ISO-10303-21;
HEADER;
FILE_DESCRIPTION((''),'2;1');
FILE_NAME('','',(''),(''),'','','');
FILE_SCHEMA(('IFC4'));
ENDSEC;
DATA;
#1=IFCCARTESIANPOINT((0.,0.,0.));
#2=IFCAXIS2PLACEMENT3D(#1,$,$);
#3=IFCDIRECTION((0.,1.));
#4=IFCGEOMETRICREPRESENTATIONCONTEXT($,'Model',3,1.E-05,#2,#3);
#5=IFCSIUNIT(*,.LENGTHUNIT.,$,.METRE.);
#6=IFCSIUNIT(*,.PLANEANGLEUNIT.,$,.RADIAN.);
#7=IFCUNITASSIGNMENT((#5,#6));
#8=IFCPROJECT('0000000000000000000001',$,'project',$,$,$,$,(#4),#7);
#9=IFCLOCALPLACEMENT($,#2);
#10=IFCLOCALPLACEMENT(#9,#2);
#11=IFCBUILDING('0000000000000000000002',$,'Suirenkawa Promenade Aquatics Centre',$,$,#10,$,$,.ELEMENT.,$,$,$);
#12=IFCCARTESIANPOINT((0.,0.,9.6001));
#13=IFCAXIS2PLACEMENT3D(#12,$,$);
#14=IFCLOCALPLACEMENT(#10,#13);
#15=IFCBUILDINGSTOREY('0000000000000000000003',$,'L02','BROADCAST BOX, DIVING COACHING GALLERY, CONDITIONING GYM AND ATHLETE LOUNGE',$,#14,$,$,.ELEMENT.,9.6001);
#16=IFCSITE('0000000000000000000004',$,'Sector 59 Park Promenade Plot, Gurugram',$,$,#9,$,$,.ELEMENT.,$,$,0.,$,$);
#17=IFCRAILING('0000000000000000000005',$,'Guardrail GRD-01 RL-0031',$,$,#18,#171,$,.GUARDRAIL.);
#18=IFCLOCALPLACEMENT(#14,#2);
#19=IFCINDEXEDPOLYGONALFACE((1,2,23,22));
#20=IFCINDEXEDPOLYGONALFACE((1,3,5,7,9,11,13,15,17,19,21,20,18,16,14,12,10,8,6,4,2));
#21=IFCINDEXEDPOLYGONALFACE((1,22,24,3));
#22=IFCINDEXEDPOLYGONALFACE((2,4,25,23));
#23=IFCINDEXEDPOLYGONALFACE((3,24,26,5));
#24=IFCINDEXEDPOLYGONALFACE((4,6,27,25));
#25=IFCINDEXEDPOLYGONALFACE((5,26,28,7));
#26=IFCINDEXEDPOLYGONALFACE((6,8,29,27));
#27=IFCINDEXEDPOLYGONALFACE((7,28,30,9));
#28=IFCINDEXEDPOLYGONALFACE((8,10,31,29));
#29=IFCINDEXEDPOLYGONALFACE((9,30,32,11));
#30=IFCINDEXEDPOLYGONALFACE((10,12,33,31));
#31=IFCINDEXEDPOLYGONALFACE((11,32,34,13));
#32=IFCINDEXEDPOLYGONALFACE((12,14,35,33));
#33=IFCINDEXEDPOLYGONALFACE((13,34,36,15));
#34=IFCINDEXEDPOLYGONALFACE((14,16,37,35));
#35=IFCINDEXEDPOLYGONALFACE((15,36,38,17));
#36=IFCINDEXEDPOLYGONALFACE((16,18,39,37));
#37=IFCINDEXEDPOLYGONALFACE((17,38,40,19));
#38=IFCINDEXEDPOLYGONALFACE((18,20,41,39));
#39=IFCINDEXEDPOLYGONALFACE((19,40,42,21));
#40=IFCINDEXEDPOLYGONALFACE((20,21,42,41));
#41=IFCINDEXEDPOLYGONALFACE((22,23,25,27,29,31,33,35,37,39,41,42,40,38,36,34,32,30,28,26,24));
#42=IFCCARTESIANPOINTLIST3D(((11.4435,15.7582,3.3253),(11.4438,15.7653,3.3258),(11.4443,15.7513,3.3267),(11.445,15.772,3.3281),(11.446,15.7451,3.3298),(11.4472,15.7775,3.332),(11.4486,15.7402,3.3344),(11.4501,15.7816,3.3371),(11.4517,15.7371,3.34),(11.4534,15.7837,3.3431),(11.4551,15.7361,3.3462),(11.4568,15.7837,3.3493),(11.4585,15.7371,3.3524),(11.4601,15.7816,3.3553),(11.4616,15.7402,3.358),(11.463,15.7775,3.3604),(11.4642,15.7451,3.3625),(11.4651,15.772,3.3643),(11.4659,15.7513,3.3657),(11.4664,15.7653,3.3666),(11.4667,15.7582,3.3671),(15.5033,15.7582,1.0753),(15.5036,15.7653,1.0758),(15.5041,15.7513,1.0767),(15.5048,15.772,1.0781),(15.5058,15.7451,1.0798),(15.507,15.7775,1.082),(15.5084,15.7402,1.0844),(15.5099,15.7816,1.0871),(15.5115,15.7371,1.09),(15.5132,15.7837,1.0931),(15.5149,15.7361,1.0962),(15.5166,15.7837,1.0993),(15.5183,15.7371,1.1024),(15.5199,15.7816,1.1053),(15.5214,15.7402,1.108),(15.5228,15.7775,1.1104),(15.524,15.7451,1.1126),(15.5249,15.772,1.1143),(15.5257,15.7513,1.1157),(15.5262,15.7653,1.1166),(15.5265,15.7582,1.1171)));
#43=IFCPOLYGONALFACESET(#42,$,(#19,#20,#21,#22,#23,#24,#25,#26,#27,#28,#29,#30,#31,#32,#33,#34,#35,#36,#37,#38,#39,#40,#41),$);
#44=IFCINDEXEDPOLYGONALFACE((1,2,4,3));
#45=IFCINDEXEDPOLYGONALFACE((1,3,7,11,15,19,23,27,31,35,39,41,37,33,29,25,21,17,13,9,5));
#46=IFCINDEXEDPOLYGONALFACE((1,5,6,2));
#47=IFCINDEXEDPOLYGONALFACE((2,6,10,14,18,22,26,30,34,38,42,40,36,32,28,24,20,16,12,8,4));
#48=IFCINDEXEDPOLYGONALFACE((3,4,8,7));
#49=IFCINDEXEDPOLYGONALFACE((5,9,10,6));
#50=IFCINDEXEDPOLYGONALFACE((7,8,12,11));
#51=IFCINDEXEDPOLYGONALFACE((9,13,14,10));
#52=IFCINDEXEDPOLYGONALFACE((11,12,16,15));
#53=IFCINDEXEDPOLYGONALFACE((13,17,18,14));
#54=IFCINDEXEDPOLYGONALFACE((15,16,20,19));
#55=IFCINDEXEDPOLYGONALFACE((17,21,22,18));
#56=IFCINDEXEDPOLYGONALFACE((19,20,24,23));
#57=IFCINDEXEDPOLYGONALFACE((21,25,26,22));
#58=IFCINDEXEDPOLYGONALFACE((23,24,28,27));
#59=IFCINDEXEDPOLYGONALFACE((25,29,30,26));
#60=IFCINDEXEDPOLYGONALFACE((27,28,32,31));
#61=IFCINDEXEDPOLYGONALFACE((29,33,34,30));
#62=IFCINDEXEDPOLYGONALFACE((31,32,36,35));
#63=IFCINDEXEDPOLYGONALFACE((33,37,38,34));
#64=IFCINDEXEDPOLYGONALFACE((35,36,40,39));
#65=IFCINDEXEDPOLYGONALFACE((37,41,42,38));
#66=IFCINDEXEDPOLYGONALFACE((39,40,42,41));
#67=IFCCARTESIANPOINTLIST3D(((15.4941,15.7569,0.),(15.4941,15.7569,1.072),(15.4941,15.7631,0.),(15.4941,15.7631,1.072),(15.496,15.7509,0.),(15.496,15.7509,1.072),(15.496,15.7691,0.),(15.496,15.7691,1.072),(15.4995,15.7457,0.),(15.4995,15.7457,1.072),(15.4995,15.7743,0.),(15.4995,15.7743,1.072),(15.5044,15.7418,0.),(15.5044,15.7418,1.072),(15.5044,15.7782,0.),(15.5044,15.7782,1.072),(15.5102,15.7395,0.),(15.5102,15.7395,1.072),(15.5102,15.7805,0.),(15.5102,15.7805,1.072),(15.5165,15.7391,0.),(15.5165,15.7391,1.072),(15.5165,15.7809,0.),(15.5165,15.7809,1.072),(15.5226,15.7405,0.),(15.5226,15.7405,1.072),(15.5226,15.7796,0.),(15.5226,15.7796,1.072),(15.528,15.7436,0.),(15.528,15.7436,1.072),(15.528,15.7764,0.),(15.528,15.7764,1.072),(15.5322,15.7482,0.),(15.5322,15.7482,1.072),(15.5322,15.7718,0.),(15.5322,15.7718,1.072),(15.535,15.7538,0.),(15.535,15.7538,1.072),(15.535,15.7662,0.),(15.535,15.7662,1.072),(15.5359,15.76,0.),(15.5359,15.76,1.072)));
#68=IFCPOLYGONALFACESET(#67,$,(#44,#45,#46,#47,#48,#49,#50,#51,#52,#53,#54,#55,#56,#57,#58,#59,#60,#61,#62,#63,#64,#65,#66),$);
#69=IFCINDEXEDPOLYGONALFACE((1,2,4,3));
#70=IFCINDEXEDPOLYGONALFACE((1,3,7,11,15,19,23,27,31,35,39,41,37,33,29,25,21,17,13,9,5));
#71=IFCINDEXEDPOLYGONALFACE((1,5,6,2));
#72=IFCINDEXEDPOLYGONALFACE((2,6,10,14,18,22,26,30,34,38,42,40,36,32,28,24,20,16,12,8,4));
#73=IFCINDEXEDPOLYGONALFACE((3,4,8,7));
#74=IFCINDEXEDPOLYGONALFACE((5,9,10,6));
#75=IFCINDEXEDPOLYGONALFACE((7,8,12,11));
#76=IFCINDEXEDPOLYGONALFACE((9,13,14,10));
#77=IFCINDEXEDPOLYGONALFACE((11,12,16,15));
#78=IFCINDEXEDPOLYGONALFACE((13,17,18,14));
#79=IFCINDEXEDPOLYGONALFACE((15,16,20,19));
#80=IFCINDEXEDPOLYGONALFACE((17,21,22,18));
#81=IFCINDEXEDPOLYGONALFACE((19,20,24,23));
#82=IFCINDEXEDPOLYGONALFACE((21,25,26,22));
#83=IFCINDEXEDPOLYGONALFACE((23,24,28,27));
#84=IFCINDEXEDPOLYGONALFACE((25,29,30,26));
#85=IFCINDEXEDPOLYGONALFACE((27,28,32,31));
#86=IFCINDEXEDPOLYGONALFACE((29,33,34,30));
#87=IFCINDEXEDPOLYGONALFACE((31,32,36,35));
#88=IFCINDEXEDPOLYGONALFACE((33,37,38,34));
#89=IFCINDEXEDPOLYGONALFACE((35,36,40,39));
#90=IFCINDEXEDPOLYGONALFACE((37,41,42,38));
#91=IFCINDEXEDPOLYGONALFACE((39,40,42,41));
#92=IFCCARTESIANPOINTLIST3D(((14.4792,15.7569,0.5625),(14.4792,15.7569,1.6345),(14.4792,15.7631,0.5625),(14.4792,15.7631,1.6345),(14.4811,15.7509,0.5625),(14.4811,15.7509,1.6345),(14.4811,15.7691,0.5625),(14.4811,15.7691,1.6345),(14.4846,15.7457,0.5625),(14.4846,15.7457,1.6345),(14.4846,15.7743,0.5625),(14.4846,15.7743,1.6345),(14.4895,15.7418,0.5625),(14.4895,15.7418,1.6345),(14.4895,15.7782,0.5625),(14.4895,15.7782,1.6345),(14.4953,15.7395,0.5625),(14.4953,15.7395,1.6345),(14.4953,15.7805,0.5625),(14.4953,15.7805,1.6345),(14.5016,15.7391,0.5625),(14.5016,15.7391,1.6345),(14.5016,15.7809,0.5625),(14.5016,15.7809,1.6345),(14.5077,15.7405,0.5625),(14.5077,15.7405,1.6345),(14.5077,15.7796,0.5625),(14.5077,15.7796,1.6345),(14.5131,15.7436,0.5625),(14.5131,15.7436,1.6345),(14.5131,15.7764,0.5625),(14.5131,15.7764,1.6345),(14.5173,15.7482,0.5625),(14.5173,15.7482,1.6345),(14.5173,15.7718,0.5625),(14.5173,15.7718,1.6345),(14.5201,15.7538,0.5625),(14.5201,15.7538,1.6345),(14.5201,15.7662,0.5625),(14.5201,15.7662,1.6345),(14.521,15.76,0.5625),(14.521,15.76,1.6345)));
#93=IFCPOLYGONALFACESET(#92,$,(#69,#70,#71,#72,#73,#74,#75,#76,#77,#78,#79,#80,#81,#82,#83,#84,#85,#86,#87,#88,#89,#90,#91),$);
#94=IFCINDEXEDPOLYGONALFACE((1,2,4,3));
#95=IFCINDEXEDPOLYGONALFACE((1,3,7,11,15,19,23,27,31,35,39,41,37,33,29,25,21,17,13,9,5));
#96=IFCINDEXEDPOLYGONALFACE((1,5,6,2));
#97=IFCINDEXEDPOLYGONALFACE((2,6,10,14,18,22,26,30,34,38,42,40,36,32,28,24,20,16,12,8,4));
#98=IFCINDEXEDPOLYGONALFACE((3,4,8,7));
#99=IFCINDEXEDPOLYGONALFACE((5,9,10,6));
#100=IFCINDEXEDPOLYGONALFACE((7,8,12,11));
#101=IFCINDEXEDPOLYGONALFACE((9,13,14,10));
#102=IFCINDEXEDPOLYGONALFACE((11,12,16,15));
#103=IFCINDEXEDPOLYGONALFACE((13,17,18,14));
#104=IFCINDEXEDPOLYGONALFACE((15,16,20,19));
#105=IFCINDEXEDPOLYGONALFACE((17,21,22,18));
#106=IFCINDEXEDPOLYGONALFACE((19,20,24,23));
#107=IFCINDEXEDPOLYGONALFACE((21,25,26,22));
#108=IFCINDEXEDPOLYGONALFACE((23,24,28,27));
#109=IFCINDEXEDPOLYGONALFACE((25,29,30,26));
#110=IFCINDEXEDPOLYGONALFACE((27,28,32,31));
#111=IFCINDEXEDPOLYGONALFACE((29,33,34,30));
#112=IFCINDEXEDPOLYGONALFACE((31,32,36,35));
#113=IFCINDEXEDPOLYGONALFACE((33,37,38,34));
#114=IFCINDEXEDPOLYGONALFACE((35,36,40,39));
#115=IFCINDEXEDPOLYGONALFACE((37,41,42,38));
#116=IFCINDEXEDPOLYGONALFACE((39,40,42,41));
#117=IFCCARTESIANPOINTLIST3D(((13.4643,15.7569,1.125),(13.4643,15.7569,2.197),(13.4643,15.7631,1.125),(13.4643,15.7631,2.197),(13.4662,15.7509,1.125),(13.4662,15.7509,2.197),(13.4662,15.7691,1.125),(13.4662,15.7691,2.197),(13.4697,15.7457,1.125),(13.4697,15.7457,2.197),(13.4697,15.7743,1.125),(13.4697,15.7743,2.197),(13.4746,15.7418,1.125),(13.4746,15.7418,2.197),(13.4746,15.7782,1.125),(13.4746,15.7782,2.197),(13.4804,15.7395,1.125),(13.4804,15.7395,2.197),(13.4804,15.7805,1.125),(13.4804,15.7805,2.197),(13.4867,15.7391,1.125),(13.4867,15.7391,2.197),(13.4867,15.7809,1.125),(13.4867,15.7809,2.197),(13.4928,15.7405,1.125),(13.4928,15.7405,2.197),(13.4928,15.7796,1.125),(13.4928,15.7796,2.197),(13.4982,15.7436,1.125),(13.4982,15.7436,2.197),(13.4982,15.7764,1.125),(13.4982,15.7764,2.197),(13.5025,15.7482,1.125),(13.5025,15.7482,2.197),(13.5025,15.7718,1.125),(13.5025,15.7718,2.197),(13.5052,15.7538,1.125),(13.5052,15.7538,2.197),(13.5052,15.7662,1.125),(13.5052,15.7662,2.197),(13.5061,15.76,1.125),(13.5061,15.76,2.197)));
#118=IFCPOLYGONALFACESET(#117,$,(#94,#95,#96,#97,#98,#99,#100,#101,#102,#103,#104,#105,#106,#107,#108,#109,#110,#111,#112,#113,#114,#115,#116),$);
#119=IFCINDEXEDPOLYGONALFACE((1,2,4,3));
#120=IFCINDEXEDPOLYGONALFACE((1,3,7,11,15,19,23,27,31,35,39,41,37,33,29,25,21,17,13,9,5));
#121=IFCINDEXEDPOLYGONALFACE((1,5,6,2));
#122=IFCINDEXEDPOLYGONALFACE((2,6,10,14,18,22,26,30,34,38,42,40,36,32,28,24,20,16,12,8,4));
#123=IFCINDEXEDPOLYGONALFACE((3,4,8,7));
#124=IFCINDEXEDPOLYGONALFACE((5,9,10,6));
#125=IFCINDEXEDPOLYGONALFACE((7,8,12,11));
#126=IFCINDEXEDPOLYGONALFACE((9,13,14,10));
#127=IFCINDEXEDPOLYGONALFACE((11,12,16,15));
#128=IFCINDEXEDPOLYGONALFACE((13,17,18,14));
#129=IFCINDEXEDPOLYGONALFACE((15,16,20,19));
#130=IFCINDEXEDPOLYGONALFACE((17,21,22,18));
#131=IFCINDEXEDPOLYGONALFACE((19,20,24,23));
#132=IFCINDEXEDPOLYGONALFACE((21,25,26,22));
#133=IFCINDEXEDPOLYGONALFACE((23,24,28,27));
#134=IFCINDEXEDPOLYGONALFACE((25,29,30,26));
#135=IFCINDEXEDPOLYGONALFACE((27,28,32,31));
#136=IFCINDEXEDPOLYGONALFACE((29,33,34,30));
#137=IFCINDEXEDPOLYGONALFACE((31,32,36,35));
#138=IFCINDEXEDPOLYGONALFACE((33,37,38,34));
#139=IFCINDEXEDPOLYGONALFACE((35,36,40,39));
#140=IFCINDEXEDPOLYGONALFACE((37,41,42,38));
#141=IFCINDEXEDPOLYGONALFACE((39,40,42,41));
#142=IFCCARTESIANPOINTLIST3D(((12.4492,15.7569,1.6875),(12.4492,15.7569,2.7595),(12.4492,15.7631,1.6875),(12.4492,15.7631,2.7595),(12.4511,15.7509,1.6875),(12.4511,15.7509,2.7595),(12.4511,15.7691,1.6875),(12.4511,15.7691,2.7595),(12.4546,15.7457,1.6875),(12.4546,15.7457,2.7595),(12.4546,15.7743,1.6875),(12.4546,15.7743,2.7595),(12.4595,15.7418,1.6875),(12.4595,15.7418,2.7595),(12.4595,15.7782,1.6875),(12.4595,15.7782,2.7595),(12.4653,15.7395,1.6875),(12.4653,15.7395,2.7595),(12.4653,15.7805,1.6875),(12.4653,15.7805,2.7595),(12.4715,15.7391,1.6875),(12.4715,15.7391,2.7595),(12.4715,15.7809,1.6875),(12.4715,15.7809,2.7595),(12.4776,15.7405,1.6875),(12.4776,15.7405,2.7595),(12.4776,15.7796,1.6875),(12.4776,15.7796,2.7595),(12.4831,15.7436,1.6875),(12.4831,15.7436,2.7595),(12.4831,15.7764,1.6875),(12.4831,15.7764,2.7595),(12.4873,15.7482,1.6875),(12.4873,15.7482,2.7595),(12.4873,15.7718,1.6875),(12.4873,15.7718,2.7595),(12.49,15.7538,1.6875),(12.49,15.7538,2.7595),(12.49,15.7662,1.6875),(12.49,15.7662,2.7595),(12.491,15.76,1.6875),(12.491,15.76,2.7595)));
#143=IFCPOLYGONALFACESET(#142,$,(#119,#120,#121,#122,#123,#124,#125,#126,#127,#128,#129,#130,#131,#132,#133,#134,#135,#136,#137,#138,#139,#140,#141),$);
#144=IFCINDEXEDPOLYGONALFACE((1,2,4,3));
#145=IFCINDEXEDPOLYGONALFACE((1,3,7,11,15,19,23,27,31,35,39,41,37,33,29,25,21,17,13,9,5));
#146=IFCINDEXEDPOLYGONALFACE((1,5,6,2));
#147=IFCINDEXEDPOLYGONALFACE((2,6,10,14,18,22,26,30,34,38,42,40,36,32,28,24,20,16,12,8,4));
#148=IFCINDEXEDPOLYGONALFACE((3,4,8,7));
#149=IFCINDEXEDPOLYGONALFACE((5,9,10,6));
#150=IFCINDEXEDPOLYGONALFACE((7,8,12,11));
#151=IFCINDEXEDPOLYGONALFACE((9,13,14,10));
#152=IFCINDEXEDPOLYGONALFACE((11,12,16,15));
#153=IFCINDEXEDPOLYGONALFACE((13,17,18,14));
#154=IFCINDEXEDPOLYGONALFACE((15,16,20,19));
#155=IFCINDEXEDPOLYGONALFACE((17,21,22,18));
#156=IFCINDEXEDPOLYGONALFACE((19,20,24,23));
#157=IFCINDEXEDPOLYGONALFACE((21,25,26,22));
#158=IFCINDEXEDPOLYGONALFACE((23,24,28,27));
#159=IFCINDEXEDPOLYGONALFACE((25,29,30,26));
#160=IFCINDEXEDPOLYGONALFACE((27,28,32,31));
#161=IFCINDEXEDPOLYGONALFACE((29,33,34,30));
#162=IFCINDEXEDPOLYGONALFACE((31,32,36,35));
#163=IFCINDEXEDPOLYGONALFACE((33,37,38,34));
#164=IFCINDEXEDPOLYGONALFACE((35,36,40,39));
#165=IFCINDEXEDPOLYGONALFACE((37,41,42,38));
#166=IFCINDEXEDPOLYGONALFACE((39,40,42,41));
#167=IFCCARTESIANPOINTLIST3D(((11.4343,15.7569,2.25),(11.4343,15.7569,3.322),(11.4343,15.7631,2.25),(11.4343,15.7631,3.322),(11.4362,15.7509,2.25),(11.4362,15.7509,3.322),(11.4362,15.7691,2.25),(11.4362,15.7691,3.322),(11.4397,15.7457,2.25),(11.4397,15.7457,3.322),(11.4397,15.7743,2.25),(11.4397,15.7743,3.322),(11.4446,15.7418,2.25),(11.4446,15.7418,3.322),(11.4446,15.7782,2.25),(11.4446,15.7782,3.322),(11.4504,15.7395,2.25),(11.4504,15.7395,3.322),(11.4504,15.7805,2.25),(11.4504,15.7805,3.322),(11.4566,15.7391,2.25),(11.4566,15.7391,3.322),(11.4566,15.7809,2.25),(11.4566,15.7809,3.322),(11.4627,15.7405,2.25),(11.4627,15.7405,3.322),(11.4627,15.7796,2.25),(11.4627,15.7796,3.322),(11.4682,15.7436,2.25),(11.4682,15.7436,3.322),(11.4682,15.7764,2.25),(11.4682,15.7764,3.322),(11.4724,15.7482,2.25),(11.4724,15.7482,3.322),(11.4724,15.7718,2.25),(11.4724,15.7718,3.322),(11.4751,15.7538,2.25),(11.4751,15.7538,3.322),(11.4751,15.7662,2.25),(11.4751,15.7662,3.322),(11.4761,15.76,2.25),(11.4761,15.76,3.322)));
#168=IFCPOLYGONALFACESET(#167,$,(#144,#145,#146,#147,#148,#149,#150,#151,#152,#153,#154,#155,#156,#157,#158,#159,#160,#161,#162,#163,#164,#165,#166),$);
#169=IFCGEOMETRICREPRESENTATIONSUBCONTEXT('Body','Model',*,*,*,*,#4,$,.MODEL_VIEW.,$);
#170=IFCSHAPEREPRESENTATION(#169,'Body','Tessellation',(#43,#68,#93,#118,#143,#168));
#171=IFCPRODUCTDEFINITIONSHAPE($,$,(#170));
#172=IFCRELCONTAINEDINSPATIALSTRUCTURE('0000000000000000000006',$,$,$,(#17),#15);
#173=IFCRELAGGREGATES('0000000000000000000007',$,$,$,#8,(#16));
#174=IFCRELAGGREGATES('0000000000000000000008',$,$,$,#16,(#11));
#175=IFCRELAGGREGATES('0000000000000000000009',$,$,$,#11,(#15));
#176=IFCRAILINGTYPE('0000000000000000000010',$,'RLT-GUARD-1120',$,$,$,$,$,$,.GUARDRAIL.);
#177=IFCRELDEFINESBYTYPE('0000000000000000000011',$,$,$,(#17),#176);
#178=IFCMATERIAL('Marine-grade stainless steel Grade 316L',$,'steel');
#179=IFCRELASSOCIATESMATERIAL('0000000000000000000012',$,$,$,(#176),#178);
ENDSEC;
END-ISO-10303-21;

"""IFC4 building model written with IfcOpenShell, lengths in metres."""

from ifc_helpers import new_model, si_unit, direction, frame, origin, origin_2d, place, context, subcontext, project, spatial, circle, extrude, material, type_object, element, save


model = new_model("IFC4")

# Units and contexts
model_context = context("Model", 3, precision=1e-05, world=origin(), true_north=direction((0.0, 1.0)))
body_context = subcontext(model_context, "Body", "Model", "MODEL_VIEW")
ifc_project = project(units=[si_unit("LENGTHUNIT", "METRE"), si_unit("PLANEANGLEUNIT", "RADIAN")], contexts=[model_context])

# Site, building, storey
site_placement = place(None, origin())
site = spatial("IfcSite", under=ifc_project, at=site_placement, Name="Sector 59 Park Promenade Plot, Gurugram", CompositionType="ELEMENT", RefElevation=0.0)
building_placement = place(site_placement, origin())
building = spatial("IfcBuilding", under=site, at=building_placement, Name="Suirenkawa Promenade Aquatics Centre", CompositionType="ELEMENT")
storey_placement = place(building_placement, frame((0.0, 0.0, 9.6001)))
storey = spatial("IfcBuildingStorey", under=building, at=storey_placement, Name="L02", Description="BROADCAST BOX, DIVING COACHING GALLERY, CONDITIONING GYM AND ATHLETE LOUNGE", CompositionType="ELEMENT", Elevation=9.6001)

# Shared definitions
ifc_material_1 = material(Name="Marine-grade stainless steel Grade 316L", Category="steel")

# Railing
railing_type_1 = type_object("IfcRailingType", Name="RLT-GUARD-1120", PredefinedType="GUARDRAIL", material=ifc_material_1)
railing_1_placement = place(storey_placement, frame((15.5149, 15.76, 0.0)))
element("IfcRailing", 1, at=railing_1_placement, inside=storey, type_object=railing_type_1, Name="Guardrail GRD-01 RL-0031", PredefinedType="GUARDRAIL", context=body_context, shape_type="SweptSolid", body=[
    extrude(circle(Radius=0.0239, at=origin_2d()), frame((0.0, 0.0, 1.0962), z_axis=(-0.874656, 0.0, 0.484745), x_axis=(0.0, -1.0, 0.0)), (0.0, 0.0, 1.0), 4.6416),
    extrude(circle(Radius=0.021, at=origin_2d()), origin(), (0.0, 0.0, 1.0), 1.072),
    extrude(circle(Radius=0.021, at=origin_2d()), frame((-1.0149, 0.0, 0.5625)), (0.0, 0.0, 1.0), 1.072),
    extrude(circle(Radius=0.021, at=origin_2d()), frame((-2.0298, 0.0, 1.125)), (0.0, 0.0, 1.0), 1.072),
    extrude(circle(Radius=0.021, at=origin_2d()), frame((-3.0449, 0.0, 1.6875)), (0.0, 0.0, 1.0), 1.072),
    extrude(circle(Radius=0.021, at=origin_2d()), frame((-4.0598, 0.0, 2.25)), (0.0, 0.0, 1.0), 1.072),
])

save(model, "model.ifc")
